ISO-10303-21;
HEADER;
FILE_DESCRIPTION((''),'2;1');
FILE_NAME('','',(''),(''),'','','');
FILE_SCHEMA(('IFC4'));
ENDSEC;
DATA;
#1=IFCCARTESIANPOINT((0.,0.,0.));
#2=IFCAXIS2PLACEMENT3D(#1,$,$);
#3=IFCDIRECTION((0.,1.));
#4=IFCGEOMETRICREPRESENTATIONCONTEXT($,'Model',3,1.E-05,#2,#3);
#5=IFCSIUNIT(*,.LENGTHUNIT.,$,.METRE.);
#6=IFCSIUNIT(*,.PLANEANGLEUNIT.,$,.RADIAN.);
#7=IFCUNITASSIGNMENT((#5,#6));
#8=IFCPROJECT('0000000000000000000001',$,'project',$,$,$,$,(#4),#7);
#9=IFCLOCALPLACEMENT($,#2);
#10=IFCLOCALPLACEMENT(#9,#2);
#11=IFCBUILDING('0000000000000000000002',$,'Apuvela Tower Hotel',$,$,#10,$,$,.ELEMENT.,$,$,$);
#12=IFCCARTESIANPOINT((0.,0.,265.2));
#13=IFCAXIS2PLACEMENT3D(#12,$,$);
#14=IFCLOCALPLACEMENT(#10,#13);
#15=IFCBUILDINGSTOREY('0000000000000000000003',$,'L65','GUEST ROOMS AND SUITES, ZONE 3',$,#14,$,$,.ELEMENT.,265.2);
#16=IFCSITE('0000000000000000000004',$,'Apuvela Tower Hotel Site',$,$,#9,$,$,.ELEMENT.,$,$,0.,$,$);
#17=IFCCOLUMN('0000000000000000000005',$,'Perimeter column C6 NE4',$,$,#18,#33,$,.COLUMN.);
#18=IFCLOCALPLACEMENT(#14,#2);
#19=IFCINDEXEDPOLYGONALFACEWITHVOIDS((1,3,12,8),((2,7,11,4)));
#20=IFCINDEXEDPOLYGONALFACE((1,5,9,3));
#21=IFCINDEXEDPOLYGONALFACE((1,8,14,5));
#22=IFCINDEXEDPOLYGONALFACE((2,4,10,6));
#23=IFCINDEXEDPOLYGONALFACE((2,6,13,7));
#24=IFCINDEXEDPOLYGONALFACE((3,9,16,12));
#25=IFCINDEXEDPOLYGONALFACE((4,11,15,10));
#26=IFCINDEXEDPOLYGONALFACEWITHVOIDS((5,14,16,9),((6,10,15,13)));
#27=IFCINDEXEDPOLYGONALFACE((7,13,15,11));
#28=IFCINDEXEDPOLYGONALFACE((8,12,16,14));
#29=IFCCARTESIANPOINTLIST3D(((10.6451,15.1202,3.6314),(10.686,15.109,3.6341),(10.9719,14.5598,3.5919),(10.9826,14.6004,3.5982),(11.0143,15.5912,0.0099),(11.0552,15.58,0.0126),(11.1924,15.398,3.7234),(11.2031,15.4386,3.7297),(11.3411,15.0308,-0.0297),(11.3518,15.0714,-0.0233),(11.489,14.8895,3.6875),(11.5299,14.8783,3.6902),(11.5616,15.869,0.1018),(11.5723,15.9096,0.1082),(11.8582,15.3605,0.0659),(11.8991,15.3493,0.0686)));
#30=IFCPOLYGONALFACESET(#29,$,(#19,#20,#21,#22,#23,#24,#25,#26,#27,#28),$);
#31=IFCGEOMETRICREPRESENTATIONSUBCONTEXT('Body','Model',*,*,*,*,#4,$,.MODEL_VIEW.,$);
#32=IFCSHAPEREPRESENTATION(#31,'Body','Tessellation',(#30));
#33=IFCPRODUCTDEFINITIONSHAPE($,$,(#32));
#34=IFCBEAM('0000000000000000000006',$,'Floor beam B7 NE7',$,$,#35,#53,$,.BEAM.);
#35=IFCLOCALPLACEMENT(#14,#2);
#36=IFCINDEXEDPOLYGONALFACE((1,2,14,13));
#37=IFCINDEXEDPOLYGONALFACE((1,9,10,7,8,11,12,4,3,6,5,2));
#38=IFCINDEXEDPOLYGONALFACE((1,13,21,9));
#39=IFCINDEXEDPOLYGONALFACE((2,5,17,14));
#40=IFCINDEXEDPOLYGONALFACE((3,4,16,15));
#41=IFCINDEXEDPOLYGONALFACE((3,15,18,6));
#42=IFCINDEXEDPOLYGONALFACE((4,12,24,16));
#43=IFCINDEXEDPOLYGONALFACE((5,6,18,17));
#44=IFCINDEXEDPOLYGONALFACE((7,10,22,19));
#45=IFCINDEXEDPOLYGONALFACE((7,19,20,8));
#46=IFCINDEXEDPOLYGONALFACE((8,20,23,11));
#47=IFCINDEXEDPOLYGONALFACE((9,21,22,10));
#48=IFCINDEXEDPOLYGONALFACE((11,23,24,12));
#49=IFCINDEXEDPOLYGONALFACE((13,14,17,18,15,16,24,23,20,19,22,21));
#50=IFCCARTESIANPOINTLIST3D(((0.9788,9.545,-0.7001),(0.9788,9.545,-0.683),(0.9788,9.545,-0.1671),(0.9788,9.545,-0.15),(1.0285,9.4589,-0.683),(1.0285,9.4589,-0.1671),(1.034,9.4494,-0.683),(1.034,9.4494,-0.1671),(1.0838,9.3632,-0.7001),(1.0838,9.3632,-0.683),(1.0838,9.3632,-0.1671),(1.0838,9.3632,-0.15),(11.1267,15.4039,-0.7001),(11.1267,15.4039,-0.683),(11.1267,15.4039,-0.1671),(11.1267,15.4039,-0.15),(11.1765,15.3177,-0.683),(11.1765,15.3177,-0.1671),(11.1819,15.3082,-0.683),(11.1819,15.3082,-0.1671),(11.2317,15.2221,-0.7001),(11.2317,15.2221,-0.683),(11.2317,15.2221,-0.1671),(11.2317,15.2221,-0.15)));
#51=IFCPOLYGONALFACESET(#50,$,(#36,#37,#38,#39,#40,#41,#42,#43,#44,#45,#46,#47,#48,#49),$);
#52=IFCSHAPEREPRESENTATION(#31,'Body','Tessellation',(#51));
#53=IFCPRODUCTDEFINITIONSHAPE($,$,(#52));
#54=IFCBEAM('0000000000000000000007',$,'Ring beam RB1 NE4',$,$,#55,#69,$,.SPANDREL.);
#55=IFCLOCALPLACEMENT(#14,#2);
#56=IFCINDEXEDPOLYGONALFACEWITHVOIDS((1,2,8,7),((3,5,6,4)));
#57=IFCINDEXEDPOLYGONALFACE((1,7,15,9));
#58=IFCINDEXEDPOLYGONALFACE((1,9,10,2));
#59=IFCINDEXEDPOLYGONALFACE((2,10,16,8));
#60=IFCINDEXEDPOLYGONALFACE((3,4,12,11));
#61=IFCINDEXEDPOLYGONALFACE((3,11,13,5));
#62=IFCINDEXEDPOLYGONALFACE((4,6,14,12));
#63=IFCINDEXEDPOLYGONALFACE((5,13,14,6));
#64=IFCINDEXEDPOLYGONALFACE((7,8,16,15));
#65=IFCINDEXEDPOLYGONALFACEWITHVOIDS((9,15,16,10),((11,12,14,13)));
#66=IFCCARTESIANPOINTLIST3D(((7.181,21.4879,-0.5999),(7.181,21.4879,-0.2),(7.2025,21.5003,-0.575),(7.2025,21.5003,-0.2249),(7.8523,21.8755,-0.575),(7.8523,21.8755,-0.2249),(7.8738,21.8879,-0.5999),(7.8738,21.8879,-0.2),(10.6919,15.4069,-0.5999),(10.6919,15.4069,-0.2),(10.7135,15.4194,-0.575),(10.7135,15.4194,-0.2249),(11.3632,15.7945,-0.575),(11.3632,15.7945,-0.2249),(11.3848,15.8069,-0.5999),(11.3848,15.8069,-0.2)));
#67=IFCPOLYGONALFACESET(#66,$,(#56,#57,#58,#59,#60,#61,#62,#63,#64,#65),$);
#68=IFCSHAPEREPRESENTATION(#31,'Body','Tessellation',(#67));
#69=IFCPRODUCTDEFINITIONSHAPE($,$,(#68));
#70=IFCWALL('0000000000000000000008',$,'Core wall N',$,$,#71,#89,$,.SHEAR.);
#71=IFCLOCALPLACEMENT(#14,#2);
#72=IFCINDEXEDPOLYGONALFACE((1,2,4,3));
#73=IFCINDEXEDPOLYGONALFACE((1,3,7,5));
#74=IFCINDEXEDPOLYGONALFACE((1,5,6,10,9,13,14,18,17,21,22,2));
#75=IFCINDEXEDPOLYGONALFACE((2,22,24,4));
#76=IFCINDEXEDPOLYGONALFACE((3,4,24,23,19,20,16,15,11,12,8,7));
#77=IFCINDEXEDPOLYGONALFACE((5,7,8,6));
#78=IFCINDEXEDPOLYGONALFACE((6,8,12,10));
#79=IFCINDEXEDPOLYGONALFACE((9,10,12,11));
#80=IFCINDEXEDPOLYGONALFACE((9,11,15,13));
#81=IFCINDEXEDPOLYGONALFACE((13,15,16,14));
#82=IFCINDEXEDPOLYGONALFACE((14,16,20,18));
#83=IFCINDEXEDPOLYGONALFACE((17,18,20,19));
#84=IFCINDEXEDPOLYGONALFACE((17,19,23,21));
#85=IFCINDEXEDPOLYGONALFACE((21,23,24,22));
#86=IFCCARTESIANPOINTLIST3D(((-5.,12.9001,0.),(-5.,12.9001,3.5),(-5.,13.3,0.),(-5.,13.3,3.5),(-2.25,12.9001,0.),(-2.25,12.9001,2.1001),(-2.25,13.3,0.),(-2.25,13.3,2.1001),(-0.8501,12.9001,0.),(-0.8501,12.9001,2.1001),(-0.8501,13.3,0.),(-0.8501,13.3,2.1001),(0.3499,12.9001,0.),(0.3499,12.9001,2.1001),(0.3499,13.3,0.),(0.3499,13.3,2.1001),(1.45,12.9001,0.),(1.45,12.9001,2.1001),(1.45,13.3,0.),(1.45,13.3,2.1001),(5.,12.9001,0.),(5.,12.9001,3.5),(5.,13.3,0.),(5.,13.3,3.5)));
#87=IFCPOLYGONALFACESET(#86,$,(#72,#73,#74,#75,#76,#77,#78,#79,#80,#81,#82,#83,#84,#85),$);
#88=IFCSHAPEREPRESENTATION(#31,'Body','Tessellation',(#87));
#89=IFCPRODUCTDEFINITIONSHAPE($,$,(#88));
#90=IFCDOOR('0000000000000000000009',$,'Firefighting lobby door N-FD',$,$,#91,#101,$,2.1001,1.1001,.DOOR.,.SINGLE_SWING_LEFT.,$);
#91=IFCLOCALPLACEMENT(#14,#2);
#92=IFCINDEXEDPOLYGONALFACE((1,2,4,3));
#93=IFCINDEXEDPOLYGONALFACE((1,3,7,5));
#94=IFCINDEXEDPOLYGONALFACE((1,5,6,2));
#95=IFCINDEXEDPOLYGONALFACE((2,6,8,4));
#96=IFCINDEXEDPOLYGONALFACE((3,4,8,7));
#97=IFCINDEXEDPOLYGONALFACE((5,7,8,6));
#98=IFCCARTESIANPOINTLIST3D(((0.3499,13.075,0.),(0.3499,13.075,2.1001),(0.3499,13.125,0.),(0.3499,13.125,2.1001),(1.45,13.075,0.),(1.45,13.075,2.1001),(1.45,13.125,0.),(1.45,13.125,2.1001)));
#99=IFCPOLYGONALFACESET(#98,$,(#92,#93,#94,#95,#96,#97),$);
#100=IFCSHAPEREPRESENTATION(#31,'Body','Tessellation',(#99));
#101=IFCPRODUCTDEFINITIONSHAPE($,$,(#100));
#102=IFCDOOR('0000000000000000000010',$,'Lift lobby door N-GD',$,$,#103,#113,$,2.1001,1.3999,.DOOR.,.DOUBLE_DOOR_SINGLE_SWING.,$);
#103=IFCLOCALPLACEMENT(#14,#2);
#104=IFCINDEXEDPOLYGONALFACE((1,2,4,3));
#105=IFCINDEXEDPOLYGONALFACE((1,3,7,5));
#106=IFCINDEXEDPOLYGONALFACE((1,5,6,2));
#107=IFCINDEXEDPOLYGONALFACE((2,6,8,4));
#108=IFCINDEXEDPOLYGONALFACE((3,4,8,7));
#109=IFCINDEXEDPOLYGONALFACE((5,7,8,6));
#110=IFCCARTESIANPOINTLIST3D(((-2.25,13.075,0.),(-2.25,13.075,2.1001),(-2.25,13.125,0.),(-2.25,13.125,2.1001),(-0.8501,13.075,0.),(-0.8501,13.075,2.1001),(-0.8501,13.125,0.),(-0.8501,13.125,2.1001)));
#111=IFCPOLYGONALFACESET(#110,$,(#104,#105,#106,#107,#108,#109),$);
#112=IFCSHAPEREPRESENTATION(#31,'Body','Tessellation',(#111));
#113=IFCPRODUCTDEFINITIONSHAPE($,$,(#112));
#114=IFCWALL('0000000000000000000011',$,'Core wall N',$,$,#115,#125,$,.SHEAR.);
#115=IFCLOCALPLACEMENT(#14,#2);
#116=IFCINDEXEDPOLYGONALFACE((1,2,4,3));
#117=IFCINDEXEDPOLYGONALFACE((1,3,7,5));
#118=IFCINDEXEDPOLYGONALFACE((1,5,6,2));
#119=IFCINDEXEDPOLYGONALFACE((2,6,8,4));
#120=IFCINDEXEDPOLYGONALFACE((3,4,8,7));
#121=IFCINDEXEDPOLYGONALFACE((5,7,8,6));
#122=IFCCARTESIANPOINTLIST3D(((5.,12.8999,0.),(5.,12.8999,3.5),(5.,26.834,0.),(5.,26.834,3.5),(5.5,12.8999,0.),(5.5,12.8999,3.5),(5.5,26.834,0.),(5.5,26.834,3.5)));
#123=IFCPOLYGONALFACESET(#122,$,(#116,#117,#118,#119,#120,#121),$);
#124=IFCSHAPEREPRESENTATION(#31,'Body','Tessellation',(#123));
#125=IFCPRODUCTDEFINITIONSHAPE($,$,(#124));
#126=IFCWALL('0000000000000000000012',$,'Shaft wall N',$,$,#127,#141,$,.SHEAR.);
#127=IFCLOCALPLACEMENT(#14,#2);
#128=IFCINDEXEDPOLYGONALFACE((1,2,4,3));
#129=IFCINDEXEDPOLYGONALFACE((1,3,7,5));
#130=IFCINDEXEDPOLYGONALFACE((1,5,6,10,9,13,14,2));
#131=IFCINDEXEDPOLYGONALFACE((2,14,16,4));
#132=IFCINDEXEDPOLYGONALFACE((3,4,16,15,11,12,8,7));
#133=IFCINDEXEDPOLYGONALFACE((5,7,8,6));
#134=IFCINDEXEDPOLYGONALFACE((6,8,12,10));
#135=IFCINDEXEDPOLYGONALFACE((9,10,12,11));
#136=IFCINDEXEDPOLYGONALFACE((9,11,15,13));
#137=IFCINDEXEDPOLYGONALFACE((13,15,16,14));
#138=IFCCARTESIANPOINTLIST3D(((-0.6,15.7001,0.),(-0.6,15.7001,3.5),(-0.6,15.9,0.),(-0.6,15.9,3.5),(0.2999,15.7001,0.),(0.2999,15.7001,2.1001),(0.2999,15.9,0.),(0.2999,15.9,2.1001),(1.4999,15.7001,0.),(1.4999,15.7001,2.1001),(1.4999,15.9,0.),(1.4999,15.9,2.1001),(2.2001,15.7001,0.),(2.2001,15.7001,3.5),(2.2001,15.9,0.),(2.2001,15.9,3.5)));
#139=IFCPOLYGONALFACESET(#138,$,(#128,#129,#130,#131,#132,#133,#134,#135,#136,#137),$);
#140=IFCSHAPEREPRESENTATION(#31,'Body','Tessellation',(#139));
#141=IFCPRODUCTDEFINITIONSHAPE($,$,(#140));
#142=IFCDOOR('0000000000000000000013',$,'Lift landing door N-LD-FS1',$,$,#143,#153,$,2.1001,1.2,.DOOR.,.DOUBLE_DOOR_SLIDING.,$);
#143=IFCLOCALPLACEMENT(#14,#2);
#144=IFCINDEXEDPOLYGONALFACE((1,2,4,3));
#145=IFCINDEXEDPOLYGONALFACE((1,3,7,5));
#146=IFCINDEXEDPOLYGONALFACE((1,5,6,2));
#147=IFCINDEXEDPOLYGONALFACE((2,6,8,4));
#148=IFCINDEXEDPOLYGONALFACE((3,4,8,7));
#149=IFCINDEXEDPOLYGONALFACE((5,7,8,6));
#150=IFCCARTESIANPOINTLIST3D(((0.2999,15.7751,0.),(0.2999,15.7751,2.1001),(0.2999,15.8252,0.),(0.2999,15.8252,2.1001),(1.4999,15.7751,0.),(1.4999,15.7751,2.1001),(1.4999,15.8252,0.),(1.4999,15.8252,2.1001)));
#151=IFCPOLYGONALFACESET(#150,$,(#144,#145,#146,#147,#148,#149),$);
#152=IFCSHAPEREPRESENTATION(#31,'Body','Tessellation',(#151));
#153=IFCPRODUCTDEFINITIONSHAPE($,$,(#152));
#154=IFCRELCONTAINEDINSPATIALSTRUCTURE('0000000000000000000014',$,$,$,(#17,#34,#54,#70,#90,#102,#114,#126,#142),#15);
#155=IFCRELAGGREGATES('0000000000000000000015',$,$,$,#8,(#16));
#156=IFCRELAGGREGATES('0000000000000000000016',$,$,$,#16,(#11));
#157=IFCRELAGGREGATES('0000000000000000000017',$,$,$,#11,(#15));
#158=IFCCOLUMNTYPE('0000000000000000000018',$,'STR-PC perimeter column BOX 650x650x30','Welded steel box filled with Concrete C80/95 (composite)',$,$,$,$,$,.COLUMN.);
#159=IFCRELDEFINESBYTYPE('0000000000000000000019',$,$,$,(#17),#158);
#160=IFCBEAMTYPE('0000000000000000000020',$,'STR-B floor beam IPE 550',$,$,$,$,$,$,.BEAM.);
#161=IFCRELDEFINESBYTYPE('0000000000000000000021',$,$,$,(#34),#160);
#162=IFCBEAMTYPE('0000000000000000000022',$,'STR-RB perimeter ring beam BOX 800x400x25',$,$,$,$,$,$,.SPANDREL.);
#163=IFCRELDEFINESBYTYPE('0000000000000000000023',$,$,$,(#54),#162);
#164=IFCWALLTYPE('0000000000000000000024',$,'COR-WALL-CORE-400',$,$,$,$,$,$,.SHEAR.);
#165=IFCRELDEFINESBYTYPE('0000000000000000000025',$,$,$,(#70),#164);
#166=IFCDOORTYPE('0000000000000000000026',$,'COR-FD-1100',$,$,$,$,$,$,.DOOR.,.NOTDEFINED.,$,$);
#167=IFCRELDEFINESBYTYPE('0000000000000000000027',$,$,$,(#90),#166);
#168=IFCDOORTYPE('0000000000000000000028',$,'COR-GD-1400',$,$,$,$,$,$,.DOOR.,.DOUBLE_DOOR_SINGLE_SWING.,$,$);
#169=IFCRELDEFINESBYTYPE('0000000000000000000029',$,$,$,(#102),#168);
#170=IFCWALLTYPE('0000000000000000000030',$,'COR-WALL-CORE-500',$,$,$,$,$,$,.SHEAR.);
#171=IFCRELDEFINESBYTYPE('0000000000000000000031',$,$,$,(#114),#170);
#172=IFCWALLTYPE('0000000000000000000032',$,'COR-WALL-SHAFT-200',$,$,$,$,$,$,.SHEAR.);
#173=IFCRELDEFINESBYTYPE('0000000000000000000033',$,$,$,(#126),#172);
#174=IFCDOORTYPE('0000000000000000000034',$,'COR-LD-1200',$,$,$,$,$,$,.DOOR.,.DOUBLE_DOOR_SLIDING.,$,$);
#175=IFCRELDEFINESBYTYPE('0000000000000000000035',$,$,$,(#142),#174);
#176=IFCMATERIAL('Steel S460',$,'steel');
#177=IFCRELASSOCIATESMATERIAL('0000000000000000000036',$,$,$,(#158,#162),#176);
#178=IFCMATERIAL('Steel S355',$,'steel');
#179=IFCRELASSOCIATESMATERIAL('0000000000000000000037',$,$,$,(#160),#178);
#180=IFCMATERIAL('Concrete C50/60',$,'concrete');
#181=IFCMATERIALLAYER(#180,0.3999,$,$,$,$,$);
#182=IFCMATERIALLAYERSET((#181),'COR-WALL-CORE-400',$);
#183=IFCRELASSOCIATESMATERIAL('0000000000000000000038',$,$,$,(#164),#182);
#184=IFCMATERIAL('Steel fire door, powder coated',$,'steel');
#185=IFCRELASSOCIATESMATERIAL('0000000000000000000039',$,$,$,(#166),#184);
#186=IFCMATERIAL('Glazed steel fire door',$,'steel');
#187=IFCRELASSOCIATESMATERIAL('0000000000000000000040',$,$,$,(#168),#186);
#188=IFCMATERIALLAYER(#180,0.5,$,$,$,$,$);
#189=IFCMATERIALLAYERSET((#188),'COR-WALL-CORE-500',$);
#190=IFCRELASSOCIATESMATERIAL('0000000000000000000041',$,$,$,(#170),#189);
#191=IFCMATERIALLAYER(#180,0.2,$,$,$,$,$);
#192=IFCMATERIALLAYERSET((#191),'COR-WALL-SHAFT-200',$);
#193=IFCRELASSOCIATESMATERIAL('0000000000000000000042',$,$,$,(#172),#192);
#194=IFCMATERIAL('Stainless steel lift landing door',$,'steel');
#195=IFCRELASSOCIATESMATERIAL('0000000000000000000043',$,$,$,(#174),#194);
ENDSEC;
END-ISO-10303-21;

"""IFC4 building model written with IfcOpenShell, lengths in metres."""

from ifc_helpers import new_model, si_unit, direction, frame, frame_2d, origin, origin_2d, place, context, subcontext, project, spatial, rectangle, hollow_rectangle, i_section, extrude, boolean, halfspace, material, layer, layer_set, material_profile, profile_set, type_object, element, fill, save


model = new_model("IFC4")

# Units and contexts
model_context = context("Model", 3, precision=1e-05, world=origin(), true_north=direction((0.0, 1.0)))
body_context = subcontext(model_context, "Body", "Model", "MODEL_VIEW")
ifc_project = project(units=[si_unit("LENGTHUNIT", "METRE"), si_unit("PLANEANGLEUNIT", "RADIAN")], contexts=[model_context])

# Site, building, storey
site_placement = place(None, origin())
site = spatial("IfcSite", under=ifc_project, at=site_placement, Name="Apuvela Tower Hotel Site", CompositionType="ELEMENT", RefElevation=0.0)
building_placement = place(site_placement, origin())
building = spatial("IfcBuilding", under=site, at=building_placement, Name="Apuvela Tower Hotel", CompositionType="ELEMENT")
storey_placement = place(building_placement, frame((0.0, 0.0, 265.2)))
storey = spatial("IfcBuildingStorey", under=building, at=storey_placement, Name="L65", Description="GUEST ROOMS AND SUITES, ZONE 3", CompositionType="ELEMENT", Elevation=265.2)

# Column
ifc_material_1 = material(Name="Steel S460", Category="steel")
ifc_material_profile_1 = material_profile(ifc_material_1, hollow_rectangle(XDim=0.6499, YDim=0.6499, WallThickness=0.03, at=origin_2d()), Name="BOX 650x650x30")
ifc_material_2 = material(Name="Concrete C80/95", Category="concrete")
ifc_material_profile_2 = material_profile(ifc_material_2, rectangle(XDim=0.5901, YDim=0.5901, at=origin_2d()), Name="Concrete C80/95 infill")
ifc_profile_set_1 = profile_set([ifc_material_profile_1, ifc_material_profile_2], Name="Steel S460")
column_type = type_object("IfcColumnType", Name="STR-PC perimeter column BOX 650x650x30", Description="Welded steel box filled with Concrete C80/95 (composite)", PredefinedType="COLUMN", material=ifc_profile_set_1)
column_placement = place(storey_placement, frame((11.4607, 15.4753, 0.0), z_axis=(-0.100582, -0.128316, 0.98662), x_axis=(-0.50286, 0.862222, 0.060872)))
element("IfcColumn", 1, at=column_placement, inside=storey, type_object=column_type, Name="Perimeter column C6 NE4", PredefinedType="COLUMN", context=body_context, shape_type="SweptSolid", body=[
    boolean("DIFFERENCE", boolean("DIFFERENCE", extrude(hollow_rectangle(XDim=0.6499, YDim=0.6499, WallThickness=0.03, at=origin_2d()), origin(), (0.0, 0.0, 1.0), 3.7502), halfspace(frame((0.0, 0.0, 0.0398), z_axis=(0.0, 0.0, 1.0), x_axis=(1.0, 0.0, 0.0)), True)), halfspace(frame((0.0, 0.0, 3.7104), z_axis=(0.0, 0.0, 1.0), x_axis=(1.0, 0.0, 0.0)), False)),
])

# Beams
ifc_material_3 = material(Name="Steel S355", Category="steel")
ifc_material_profile_3 = material_profile(ifc_material_3, i_section(OverallWidth=0.21, OverallDepth=0.55, WebThickness=0.011, FlangeThickness=0.0171, at=origin_2d()), Name="IPE 550")
ifc_profile_set_2 = profile_set([ifc_material_profile_3], Name="Steel S355")
beam_type_1 = type_object("IfcBeamType", Name="STR-B floor beam IPE 550", PredefinedType="BEAM", material=ifc_profile_set_2)
beam_1_placement = place(storey_placement, frame((11.1792, 15.313, -0.425), z_axis=(-0.866027, -0.499998, 0.0), x_axis=(0.499998, -0.866027, 0.0)))
element("IfcBeam", 2, at=beam_1_placement, inside=storey, type_object=beam_type_1, Name="Floor beam B7 NE7", PredefinedType="BEAM", context=body_context, shape_type="SweptSolid", body=[
    extrude(i_section(OverallWidth=0.21, OverallDepth=0.55, WebThickness=0.011, FlangeThickness=0.0171, at=origin_2d()), origin(), (0.0, 0.0, 1.0), 11.7178),
])
ifc_material_profile_4 = material_profile(ifc_material_1, hollow_rectangle(XDim=0.8, YDim=0.3999, WallThickness=0.0249, at=origin_2d()), Name="BOX 800x400x25")
ifc_profile_set_3 = profile_set([ifc_material_profile_4], Name="Steel S460")
beam_type_2 = type_object("IfcBeamType", Name="STR-RB perimeter ring beam BOX 800x400x25", PredefinedType="SPANDREL", material=ifc_profile_set_3)
beam_2_placement = place(storey_placement, frame((11.0383, 15.6069, -0.3999), z_axis=(-0.500009, 0.86602, 0.0), x_axis=(-0.86602, -0.500009, 0.0)))
element("IfcBeam", 3, at=beam_2_placement, inside=storey, type_object=beam_type_2, Name="Ring beam RB1 NE4", PredefinedType="SPANDREL", context=body_context, shape_type="SweptSolid", body=[
    extrude(hollow_rectangle(XDim=0.8, YDim=0.3999, WallThickness=0.0249, at=origin_2d()), origin(), (0.0, 0.0, 1.0), 7.0217),
])

# Wall, openings, doors
ifc_material_4 = material(Name="Concrete C50/60", Category="concrete")
ifc_layer_1 = layer(ifc_material_4, 0.3999)
ifc_layer_set_1 = layer_set([ifc_layer_1], Name="COR-WALL-CORE-400")
wall_type_1 = type_object("IfcWallType", Name="COR-WALL-CORE-400", PredefinedType="SHEAR", material=ifc_layer_set_1)
wall_1_placement = place(storey_placement, frame((5.0, 13.1001, 0.0), z_axis=(0.0, 0.0, 1.0), x_axis=(-1.0, 0.0, 0.0)))
wall_1 = element("IfcWall", 4, at=wall_1_placement, inside=storey, type_object=wall_type_1, Name="Core wall N", PredefinedType="SHEAR", context=body_context, shape_type="SweptSolid", body=[
    extrude(rectangle(XDim=10.0, YDim=0.3999, at=frame_2d((5.0, 0.0))), origin(), (0.0, 0.0, 1.0), 3.5),
])
opening_1_placement = place(wall_1_placement, frame((3.55, 0.0, 0.0)))
opening_1 = element("IfcOpeningElement", 5, at=opening_1_placement, cuts=wall_1, PredefinedType="OPENING", context=body_context, shape_type="SweptSolid", body=[
    extrude(rectangle(XDim=1.1001, YDim=2.1001, at=frame_2d((0.55, 1.05))), frame((0.0, 0.21, 0.0), z_axis=(0.0, -1.0, 0.0), x_axis=(1.0, 0.0, 0.0)), (0.0, 0.0, 1.0), 0.4199),
])
opening_2_placement = place(wall_1_placement, frame((5.8501, 0.0, 0.0)))
opening_2 = element("IfcOpeningElement", 6, at=opening_2_placement, cuts=wall_1, PredefinedType="OPENING", context=body_context, shape_type="SweptSolid", body=[
    extrude(rectangle(XDim=1.3999, YDim=2.1001, at=frame_2d((0.7, 1.05))), frame((0.0, 0.21, 0.0), z_axis=(0.0, -1.0, 0.0), x_axis=(1.0, 0.0, 0.0)), (0.0, 0.0, 1.0), 0.4199),
])
ifc_material_5 = material(Name="Steel fire door, powder coated", Category="steel")
door_type_1 = type_object("IfcDoorType", Name="COR-FD-1100", OperationType="NOTDEFINED", PredefinedType="DOOR", material=ifc_material_5)
door_1_placement = place(opening_1_placement, frame((1.1001, 0.0, 0.0), z_axis=(0.0, 0.0, 1.0), x_axis=(-1.0, 0.0, 0.0)))
door_1 = element("IfcDoor", 7, at=door_1_placement, inside=storey, type_object=door_type_1, Name="Firefighting lobby door N-FD", OperationType="SINGLE_SWING_LEFT", OverallHeight=2.1001, OverallWidth=1.1001, PredefinedType="DOOR", context=body_context, shape_type="SweptSolid", body=[
    extrude(rectangle(XDim=1.1001, YDim=2.1001, at=frame_2d((0.55, 1.05))), frame((0.0, 0.0249, 0.0), z_axis=(0.0, -1.0, 0.0), x_axis=(1.0, 0.0, 0.0)), (0.0, 0.0, 1.0), 0.05),
])
fill(opening_1, door_1)
ifc_material_6 = material(Name="Glazed steel fire door", Category="steel")
door_type_2 = type_object("IfcDoorType", Name="COR-GD-1400", OperationType="DOUBLE_DOOR_SINGLE_SWING", PredefinedType="DOOR", material=ifc_material_6)
door_2_placement = place(opening_2_placement, frame((1.3999, 0.0, 0.0), z_axis=(0.0, 0.0, 1.0), x_axis=(-1.0, 0.0, 0.0)))
door_2 = element("IfcDoor", 8, at=door_2_placement, inside=storey, type_object=door_type_2, Name="Lift lobby door N-GD", OperationType="DOUBLE_DOOR_SINGLE_SWING", OverallHeight=2.1001, OverallWidth=1.3999, PredefinedType="DOOR", context=body_context, shape_type="SweptSolid", body=[
    extrude(rectangle(XDim=1.3999, YDim=2.1001, at=frame_2d((0.7, 1.05))), frame((0.0, 0.0249, 0.0), z_axis=(0.0, -1.0, 0.0), x_axis=(1.0, 0.0, 0.0)), (0.0, 0.0, 1.0), 0.05),
])
fill(opening_2, door_2)

# Wall
ifc_layer_2 = layer(ifc_material_4, 0.5)
ifc_layer_set_2 = layer_set([ifc_layer_2], Name="COR-WALL-CORE-500")
wall_type_2 = type_object("IfcWallType", Name="COR-WALL-CORE-500", PredefinedType="SHEAR", material=ifc_layer_set_2)
wall_2_placement = place(storey_placement, frame((5.25, 12.8999, 0.0), z_axis=(0.0, 0.0, 1.0), x_axis=(0.0, 1.0, 0.0)))
element("IfcWall", 9, at=wall_2_placement, inside=storey, type_object=wall_type_2, Name="Core wall N", PredefinedType="SHEAR", context=body_context, shape_type="SweptSolid", body=[
    extrude(rectangle(XDim=13.9341, YDim=0.5, at=frame_2d((6.967, 0.0))), origin(), (0.0, 0.0, 1.0), 3.5),
])

# Wall, opening, door
ifc_layer_3 = layer(ifc_material_4, 0.2)
ifc_layer_set_3 = layer_set([ifc_layer_3], Name="COR-WALL-SHAFT-200")
wall_type_3 = type_object("IfcWallType", Name="COR-WALL-SHAFT-200", PredefinedType="SHEAR", material=ifc_layer_set_3)
wall_3_placement = place(storey_placement, frame((2.2, 15.8, 0.0), z_axis=(0.0, 0.0, 1.0), x_axis=(-1.0, 0.0, 0.0)))
wall_3 = element("IfcWall", 10, at=wall_3_placement, inside=storey, type_object=wall_type_3, Name="Shaft wall N", PredefinedType="SHEAR", context=body_context, shape_type="SweptSolid", body=[
    extrude(rectangle(XDim=2.8, YDim=0.2, at=frame_2d((1.3999, 0.0))), origin(), (0.0, 0.0, 1.0), 3.5),
])
opening_3_placement = place(wall_3_placement, frame((0.7, 0.0, 0.0)))
opening_3 = element("IfcOpeningElement", 11, at=opening_3_placement, cuts=wall_3, PredefinedType="OPENING", context=body_context, shape_type="SweptSolid", body=[
    extrude(rectangle(XDim=1.2, YDim=2.1001, at=frame_2d((0.6001, 1.05))), frame((0.0, 0.1099, 0.0), z_axis=(0.0, -1.0, 0.0), x_axis=(1.0, 0.0, 0.0)), (0.0, 0.0, 1.0), 0.22),
])
ifc_material_7 = material(Name="Stainless steel lift landing door", Category="steel")
door_type_3 = type_object("IfcDoorType", Name="COR-LD-1200", OperationType="DOUBLE_DOOR_SLIDING", PredefinedType="DOOR", material=ifc_material_7)
door_3_placement = place(opening_3_placement, origin())
door_3 = element("IfcDoor", 12, at=door_3_placement, inside=storey, type_object=door_type_3, Name="Lift landing door N-LD-FS1", OperationType="DOUBLE_DOOR_SLIDING", OverallHeight=2.1001, OverallWidth=1.2, PredefinedType="DOOR", context=body_context, shape_type="SweptSolid", body=[
    extrude(rectangle(XDim=1.2, YDim=2.1001, at=frame_2d((0.6001, 1.05))), frame((0.0, 0.0249, 0.0), z_axis=(0.0, -1.0, 0.0), x_axis=(1.0, 0.0, 0.0)), (0.0, 0.0, 1.0), 0.05),
])
fill(opening_3, door_3)

save(model, "model.ifc")
